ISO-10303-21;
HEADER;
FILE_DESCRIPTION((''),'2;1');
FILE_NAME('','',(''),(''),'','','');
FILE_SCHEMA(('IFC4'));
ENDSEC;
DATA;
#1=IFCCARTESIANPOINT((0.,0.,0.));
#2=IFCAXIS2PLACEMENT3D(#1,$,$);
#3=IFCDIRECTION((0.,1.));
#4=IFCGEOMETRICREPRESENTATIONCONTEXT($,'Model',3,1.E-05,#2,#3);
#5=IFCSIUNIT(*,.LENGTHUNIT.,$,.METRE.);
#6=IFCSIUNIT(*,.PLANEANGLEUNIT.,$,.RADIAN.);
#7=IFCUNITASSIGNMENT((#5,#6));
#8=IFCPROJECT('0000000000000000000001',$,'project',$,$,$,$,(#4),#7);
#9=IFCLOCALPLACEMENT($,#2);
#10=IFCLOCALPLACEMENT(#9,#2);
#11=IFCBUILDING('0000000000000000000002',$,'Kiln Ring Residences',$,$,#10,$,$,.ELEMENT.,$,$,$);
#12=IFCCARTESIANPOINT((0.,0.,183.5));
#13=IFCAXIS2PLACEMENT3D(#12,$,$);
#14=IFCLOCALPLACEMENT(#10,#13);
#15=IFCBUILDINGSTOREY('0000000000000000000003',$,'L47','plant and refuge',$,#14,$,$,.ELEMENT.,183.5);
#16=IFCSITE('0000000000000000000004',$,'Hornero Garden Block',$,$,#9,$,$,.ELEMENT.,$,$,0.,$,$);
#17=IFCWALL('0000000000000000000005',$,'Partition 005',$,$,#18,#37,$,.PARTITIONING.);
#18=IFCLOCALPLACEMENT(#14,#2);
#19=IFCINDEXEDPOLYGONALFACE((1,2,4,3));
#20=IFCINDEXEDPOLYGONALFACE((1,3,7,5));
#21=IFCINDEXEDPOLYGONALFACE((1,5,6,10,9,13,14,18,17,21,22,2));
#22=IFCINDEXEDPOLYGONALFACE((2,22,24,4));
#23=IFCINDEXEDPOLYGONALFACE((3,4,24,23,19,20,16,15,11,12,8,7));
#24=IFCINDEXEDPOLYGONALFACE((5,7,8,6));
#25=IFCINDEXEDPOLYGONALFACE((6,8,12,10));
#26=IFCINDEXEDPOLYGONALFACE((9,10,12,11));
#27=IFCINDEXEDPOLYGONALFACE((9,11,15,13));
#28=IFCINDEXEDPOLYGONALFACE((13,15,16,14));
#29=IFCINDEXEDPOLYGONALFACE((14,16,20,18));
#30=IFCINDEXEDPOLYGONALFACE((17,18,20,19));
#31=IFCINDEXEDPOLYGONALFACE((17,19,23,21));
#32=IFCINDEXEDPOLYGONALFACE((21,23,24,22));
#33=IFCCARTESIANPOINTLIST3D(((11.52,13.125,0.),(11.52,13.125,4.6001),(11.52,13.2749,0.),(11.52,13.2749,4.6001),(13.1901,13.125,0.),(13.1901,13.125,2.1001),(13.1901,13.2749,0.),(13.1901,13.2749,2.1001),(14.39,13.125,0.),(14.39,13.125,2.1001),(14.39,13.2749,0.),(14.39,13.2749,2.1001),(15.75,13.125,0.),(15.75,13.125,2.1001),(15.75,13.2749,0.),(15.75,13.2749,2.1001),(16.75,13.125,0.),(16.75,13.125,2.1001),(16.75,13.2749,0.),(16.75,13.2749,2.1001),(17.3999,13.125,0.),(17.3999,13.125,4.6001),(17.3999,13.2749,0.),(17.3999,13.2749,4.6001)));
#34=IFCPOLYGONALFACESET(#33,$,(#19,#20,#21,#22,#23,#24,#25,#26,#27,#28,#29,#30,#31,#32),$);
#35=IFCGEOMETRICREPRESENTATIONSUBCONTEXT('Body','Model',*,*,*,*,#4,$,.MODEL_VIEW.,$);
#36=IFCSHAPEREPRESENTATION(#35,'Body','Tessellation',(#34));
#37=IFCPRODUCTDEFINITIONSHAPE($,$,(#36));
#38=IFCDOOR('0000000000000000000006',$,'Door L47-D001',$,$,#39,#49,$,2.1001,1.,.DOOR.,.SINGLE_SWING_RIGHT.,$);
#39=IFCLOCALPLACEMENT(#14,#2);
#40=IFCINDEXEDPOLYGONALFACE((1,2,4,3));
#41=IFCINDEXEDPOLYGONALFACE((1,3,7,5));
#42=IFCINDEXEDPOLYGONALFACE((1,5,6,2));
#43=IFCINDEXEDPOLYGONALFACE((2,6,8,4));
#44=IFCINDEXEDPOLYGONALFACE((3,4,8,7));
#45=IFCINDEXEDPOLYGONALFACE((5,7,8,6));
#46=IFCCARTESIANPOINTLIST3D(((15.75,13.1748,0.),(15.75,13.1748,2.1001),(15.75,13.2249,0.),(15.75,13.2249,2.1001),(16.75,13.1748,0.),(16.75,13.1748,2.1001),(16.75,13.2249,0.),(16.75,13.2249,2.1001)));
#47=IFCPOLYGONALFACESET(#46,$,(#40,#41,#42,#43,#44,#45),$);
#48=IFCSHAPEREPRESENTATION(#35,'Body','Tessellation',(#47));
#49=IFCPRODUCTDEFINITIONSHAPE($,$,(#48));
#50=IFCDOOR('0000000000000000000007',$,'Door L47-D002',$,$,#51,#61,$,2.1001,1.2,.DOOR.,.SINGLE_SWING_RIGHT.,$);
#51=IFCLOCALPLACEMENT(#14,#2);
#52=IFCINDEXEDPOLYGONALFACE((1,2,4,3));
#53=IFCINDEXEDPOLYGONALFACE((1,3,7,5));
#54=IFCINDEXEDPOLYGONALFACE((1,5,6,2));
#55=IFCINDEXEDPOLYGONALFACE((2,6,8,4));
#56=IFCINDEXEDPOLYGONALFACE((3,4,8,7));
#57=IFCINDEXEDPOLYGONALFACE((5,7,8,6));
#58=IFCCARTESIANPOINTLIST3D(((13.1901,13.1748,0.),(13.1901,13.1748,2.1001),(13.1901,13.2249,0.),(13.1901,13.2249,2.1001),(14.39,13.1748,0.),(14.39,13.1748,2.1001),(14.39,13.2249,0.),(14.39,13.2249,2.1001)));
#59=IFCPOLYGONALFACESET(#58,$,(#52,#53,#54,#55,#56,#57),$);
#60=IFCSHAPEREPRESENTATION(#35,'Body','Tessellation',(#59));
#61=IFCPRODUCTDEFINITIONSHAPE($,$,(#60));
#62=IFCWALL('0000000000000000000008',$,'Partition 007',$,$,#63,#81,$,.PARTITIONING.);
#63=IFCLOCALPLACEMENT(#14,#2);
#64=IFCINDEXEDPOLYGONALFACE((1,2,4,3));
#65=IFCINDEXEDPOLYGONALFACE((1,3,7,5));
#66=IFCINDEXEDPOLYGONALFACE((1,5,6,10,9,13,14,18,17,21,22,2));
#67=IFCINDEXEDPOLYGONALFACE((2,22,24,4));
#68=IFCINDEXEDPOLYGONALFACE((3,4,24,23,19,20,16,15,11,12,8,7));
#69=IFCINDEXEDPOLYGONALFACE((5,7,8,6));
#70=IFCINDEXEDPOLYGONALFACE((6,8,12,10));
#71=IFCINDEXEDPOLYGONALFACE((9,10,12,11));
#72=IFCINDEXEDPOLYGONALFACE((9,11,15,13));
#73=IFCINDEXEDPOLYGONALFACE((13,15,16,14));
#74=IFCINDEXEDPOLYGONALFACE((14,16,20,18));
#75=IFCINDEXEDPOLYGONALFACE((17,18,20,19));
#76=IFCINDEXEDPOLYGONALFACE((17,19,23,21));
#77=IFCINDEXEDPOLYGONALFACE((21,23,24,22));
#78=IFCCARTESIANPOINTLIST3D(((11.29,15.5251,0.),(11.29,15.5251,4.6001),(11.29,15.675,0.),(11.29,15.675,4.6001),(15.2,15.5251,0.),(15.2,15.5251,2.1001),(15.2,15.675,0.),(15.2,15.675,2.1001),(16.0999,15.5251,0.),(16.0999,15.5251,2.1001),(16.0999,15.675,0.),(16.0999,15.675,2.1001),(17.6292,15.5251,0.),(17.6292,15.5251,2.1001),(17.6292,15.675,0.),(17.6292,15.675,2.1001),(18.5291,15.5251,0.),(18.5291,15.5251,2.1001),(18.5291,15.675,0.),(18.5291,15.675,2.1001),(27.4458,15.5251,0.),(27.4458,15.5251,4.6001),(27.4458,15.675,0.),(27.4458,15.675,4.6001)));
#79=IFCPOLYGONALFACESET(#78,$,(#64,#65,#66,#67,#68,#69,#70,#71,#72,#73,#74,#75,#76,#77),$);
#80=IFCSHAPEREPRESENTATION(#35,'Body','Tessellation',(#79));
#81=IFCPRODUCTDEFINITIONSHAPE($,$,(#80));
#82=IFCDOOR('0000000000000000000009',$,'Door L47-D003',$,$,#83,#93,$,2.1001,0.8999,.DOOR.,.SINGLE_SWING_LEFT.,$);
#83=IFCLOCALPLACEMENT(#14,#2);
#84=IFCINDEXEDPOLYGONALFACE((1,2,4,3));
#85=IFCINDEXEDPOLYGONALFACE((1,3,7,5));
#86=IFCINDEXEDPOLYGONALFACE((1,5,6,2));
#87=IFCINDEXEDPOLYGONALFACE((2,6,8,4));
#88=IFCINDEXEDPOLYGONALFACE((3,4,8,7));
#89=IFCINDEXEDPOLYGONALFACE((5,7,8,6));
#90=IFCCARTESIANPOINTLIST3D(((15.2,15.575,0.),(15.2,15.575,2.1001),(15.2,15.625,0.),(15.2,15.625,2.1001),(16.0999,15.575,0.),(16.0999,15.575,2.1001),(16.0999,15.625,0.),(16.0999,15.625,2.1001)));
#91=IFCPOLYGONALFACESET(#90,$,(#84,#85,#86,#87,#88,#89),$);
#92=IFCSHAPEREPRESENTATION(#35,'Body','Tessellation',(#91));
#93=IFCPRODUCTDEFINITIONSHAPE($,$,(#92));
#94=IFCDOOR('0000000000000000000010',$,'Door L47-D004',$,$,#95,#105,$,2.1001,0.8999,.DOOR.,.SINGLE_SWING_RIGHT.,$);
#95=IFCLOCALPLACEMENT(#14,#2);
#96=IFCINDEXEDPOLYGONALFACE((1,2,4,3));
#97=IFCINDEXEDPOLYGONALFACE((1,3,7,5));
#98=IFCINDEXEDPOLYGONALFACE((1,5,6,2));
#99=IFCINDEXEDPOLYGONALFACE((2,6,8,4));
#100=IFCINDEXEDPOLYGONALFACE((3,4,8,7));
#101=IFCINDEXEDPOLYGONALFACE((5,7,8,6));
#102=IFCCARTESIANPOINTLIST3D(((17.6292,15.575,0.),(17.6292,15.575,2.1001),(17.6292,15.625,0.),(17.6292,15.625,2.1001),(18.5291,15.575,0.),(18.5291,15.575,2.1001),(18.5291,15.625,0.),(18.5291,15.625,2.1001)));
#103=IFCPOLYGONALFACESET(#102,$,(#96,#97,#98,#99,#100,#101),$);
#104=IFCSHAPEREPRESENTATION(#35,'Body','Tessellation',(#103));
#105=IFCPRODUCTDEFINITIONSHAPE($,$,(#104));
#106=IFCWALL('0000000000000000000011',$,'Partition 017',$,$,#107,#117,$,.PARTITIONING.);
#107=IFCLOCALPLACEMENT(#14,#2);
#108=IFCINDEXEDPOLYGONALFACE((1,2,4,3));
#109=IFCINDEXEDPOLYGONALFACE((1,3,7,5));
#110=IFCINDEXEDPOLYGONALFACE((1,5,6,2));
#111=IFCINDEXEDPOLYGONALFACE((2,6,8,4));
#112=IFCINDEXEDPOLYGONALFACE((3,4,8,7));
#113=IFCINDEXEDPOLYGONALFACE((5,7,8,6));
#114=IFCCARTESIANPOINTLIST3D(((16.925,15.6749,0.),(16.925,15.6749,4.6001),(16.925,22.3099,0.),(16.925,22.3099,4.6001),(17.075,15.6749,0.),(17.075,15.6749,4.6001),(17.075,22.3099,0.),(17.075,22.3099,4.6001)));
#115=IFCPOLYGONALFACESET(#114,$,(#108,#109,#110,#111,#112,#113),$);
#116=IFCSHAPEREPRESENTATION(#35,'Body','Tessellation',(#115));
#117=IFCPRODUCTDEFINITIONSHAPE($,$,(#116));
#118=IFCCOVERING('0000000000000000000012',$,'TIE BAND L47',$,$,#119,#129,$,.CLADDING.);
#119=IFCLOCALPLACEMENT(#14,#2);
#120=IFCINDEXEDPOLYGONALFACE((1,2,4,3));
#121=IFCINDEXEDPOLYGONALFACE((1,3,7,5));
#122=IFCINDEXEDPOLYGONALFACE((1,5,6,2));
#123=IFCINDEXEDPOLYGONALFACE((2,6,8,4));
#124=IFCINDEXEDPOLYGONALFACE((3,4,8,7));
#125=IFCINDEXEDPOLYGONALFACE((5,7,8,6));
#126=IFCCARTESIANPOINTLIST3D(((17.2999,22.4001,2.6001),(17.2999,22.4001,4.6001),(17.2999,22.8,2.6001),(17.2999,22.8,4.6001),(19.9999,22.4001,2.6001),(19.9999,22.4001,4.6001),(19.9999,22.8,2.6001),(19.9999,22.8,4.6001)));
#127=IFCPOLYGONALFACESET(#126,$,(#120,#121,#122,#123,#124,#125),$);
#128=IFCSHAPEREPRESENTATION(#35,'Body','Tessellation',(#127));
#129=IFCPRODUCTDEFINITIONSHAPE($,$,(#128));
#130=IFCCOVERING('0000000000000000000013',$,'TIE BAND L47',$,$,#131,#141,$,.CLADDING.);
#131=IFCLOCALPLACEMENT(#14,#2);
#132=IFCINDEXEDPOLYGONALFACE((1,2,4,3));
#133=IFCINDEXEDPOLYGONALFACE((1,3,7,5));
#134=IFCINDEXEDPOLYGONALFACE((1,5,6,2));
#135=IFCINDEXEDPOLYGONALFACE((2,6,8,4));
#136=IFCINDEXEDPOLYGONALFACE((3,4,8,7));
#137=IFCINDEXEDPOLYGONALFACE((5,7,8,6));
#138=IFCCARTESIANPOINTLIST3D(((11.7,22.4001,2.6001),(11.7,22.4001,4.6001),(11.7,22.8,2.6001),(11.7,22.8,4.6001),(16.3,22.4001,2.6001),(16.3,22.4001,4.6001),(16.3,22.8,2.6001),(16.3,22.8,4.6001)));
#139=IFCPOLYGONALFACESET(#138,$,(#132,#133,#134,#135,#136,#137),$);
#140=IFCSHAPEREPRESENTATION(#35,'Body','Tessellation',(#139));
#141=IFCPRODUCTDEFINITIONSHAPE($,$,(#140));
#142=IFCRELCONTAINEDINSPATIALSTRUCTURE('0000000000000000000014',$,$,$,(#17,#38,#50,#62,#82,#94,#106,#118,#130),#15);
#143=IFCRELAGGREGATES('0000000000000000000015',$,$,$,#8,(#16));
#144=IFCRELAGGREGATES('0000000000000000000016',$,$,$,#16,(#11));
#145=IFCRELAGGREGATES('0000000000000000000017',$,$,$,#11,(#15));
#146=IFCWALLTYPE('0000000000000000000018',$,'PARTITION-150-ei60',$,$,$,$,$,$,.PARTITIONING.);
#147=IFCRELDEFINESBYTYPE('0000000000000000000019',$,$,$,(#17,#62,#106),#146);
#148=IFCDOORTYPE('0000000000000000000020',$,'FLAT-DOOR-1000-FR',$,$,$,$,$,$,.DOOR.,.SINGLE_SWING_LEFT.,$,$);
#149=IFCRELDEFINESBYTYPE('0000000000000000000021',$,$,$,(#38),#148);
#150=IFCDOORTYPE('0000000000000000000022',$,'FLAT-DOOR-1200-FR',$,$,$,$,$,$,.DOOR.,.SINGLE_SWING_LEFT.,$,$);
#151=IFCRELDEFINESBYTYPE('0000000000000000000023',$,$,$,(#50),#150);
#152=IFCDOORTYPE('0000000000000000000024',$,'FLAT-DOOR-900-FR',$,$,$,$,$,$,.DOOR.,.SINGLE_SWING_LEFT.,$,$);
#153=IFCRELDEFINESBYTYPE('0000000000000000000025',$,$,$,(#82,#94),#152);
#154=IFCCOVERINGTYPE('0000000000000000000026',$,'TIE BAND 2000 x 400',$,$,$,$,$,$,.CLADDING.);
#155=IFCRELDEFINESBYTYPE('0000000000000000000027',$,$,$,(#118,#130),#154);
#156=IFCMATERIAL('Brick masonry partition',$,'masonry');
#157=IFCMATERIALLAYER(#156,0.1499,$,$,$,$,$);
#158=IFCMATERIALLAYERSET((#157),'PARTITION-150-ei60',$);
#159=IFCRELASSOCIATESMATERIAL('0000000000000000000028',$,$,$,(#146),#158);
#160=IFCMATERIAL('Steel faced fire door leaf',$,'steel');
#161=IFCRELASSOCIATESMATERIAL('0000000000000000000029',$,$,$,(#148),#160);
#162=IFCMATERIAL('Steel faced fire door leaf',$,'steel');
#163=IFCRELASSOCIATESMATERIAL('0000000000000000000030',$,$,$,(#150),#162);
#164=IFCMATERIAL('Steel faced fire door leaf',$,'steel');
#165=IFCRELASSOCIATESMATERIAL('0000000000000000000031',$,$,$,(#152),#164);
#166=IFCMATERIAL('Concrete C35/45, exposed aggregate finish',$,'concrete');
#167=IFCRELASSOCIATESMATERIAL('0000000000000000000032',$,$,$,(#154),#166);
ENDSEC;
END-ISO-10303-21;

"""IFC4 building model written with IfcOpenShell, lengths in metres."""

from ifc_helpers import new_model, si_unit, direction, frame, frame_2d, origin, origin_2d, place, context, subcontext, project, spatial, rectangle, extrude, material, layer, layer_set, type_object, element, fill, save


model = new_model("IFC4")

# Units and contexts
model_context = context("Model", 3, precision=1e-05, world=origin(), true_north=direction((0.0, 1.0)))
body_context = subcontext(model_context, "Body", "Model", "MODEL_VIEW")
ifc_project = project(units=[si_unit("LENGTHUNIT", "METRE"), si_unit("PLANEANGLEUNIT", "RADIAN")], contexts=[model_context])

# Site, building, storey
site_placement = place(None, origin())
site = spatial("IfcSite", under=ifc_project, at=site_placement, Name="Hornero Garden Block", CompositionType="ELEMENT", RefElevation=0.0)
building_placement = place(site_placement, origin())
building = spatial("IfcBuilding", under=site, at=building_placement, Name="Kiln Ring Residences", CompositionType="ELEMENT")
storey_placement = place(building_placement, frame((0.0, 0.0, 183.5)))
storey = spatial("IfcBuildingStorey", under=building, at=storey_placement, Name="L47", Description="plant and refuge", CompositionType="ELEMENT", Elevation=183.5)

# Walls, openings, doors
ifc_material_1 = material(Name="Brick masonry partition", Category="masonry")
ifc_layer_1 = layer(ifc_material_1, 0.1499)
ifc_layer_set_1 = layer_set([ifc_layer_1], Name="PARTITION-150-ei60")
wall_type_1 = type_object("IfcWallType", Name="PARTITION-150-ei60", PredefinedType="PARTITIONING", material=ifc_layer_set_1)
wall_1_placement = place(storey_placement, frame((11.52, 13.2, 0.0), z_axis=(0.0, 0.0, 1.0), x_axis=(1.0, 0.0, 0.0)))
wall_1 = element("IfcWall", 1, at=wall_1_placement, inside=storey, type_object=wall_type_1, Name="Partition 005", PredefinedType="PARTITIONING", context=body_context, shape_type="SweptSolid", body=[
    extrude(rectangle(XDim=5.8799, YDim=0.1499, at=frame_2d((2.9399, 0.0))), origin(), (0.0, 0.0, 1.0), 4.6001),
])
opening_1_placement = place(wall_1_placement, frame((4.23, 0.0, 0.0)))
opening_1 = element("IfcOpeningElement", 2, at=opening_1_placement, cuts=wall_1, PredefinedType="OPENING", context=body_context, shape_type="SweptSolid", body=[
    extrude(rectangle(XDim=1.0, YDim=2.1001, at=frame_2d((0.5, 1.05))), frame((0.0, 0.085, 0.0), z_axis=(0.0, -1.0, 0.0), x_axis=(1.0, 0.0, 0.0)), (0.0, 0.0, 1.0), 0.1699),
])
opening_2_placement = place(wall_1_placement, frame((1.6699, 0.0, 0.0)))
opening_2 = element("IfcOpeningElement", 3, at=opening_2_placement, cuts=wall_1, PredefinedType="OPENING", context=body_context, shape_type="SweptSolid", body=[
    extrude(rectangle(XDim=1.2, YDim=2.1001, at=frame_2d((0.6001, 1.05))), frame((0.0, 0.085, 0.0), z_axis=(0.0, -1.0, 0.0), x_axis=(1.0, 0.0, 0.0)), (0.0, 0.0, 1.0), 0.1699),
])
ifc_material_2 = material(Name="Steel faced fire door leaf", Category="steel")
door_type_1 = type_object("IfcDoorType", Name="FLAT-DOOR-1000-FR", OperationType="SINGLE_SWING_LEFT", PredefinedType="DOOR", material=ifc_material_2)
door_1_placement = place(opening_1_placement, origin())
door_1 = element("IfcDoor", 4, at=door_1_placement, inside=storey, type_object=door_type_1, Name="Door L47-D001", OperationType="SINGLE_SWING_RIGHT", OverallHeight=2.1001, OverallWidth=1.0, PredefinedType="DOOR", context=body_context, shape_type="SweptSolid", body=[
    extrude(rectangle(XDim=1.0, YDim=2.1001, at=frame_2d((0.5, 1.05))), frame((0.0, 0.0249, 0.0), z_axis=(0.0, -1.0, 0.0), x_axis=(1.0, 0.0, 0.0)), (0.0, 0.0, 1.0), 0.05),
])
fill(opening_1, door_1)
ifc_material_3 = material(Name="Steel faced fire door leaf", Category="steel")
door_type_2 = type_object("IfcDoorType", Name="FLAT-DOOR-1200-FR", OperationType="SINGLE_SWING_LEFT", PredefinedType="DOOR", material=ifc_material_3)
door_2_placement = place(opening_2_placement, origin())
door_2 = element("IfcDoor", 5, at=door_2_placement, inside=storey, type_object=door_type_2, Name="Door L47-D002", OperationType="SINGLE_SWING_RIGHT", OverallHeight=2.1001, OverallWidth=1.2, PredefinedType="DOOR", context=body_context, shape_type="SweptSolid", body=[
    extrude(rectangle(XDim=1.2, YDim=2.1001, at=frame_2d((0.6001, 1.05))), frame((0.0, 0.0249, 0.0), z_axis=(0.0, -1.0, 0.0), x_axis=(1.0, 0.0, 0.0)), (0.0, 0.0, 1.0), 0.05),
])
fill(opening_2, door_2)
wall_2_placement = place(storey_placement, frame((11.29, 15.6001, 0.0), z_axis=(0.0, 0.0, 1.0), x_axis=(1.0, 0.0, 0.0)))
wall_2 = element("IfcWall", 6, at=wall_2_placement, inside=storey, type_object=wall_type_1, Name="Partition 007", PredefinedType="PARTITIONING", context=body_context, shape_type="SweptSolid", body=[
    extrude(rectangle(XDim=16.1558, YDim=0.1499, at=frame_2d((8.0779, 0.0))), origin(), (0.0, 0.0, 1.0), 4.6001),
])
opening_3_placement = place(wall_2_placement, frame((3.9099, 0.0, 0.0)))
opening_3 = element("IfcOpeningElement", 7, at=opening_3_placement, cuts=wall_2, PredefinedType="OPENING", context=body_context, shape_type="SweptSolid", body=[
    extrude(rectangle(XDim=0.8999, YDim=2.1001, at=frame_2d((0.45, 1.05))), frame((0.0, 0.085, 0.0), z_axis=(0.0, -1.0, 0.0), x_axis=(1.0, 0.0, 0.0)), (0.0, 0.0, 1.0), 0.1699),
])
opening_4_placement = place(wall_2_placement, frame((6.3391, 0.0, 0.0)))
opening_4 = element("IfcOpeningElement", 8, at=opening_4_placement, cuts=wall_2, PredefinedType="OPENING", context=body_context, shape_type="SweptSolid", body=[
    extrude(rectangle(XDim=0.8999, YDim=2.1001, at=frame_2d((0.45, 1.05))), frame((0.0, 0.085, 0.0), z_axis=(0.0, -1.0, 0.0), x_axis=(1.0, 0.0, 0.0)), (0.0, 0.0, 1.0), 0.1699),
])
ifc_material_4 = material(Name="Steel faced fire door leaf", Category="steel")
door_type_3 = type_object("IfcDoorType", Name="FLAT-DOOR-900-FR", OperationType="SINGLE_SWING_LEFT", PredefinedType="DOOR", material=ifc_material_4)
door_3_placement = place(opening_3_placement, origin())
door_3 = element("IfcDoor", 9, at=door_3_placement, inside=storey, type_object=door_type_3, Name="Door L47-D003", OperationType="SINGLE_SWING_LEFT", OverallHeight=2.1001, OverallWidth=0.8999, PredefinedType="DOOR", context=body_context, shape_type="SweptSolid", body=[
    extrude(rectangle(XDim=0.8999, YDim=2.1001, at=frame_2d((0.45, 1.05))), frame((0.0, 0.0249, 0.0), z_axis=(0.0, -1.0, 0.0), x_axis=(1.0, 0.0, 0.0)), (0.0, 0.0, 1.0), 0.05),
])
fill(opening_3, door_3)
door_4_placement = place(opening_4_placement, origin())
door_4 = element("IfcDoor", 10, at=door_4_placement, inside=storey, type_object=door_type_3, Name="Door L47-D004", OperationType="SINGLE_SWING_RIGHT", OverallHeight=2.1001, OverallWidth=0.8999, PredefinedType="DOOR", context=body_context, shape_type="SweptSolid", body=[
    extrude(rectangle(XDim=0.8999, YDim=2.1001, at=frame_2d((0.45, 1.05))), frame((0.0, 0.0249, 0.0), z_axis=(0.0, -1.0, 0.0), x_axis=(1.0, 0.0, 0.0)), (0.0, 0.0, 1.0), 0.05),
])
fill(opening_4, door_4)

# Wall
wall_3_placement = place(storey_placement, frame((17.0, 15.675, 0.0), z_axis=(0.0, 0.0, 1.0), x_axis=(0.0, 1.0, 0.0)))
element("IfcWall", 11, at=wall_3_placement, inside=storey, type_object=wall_type_1, Name="Partition 017", PredefinedType="PARTITIONING", context=body_context, shape_type="SweptSolid", body=[
    extrude(rectangle(XDim=6.635, YDim=0.1499, at=frame_2d((3.3174, 0.0))), origin(), (0.0, 0.0, 1.0), 4.6001),
])

# Coverings
ifc_material_5 = material(Name="Concrete C35/45, exposed aggregate finish", Category="concrete")
covering_type = type_object("IfcCoveringType", Name="TIE BAND 2000 x 400", PredefinedType="CLADDING", material=ifc_material_5)
covering_1_placement = place(storey_placement, frame((18.6499, 22.6001, 2.6001), z_axis=(0.0, 0.0, 1.0), x_axis=(-1.0, 0.0, 0.0)))
element("IfcCovering", 12, at=covering_1_placement, inside=storey, type_object=covering_type, Name="TIE BAND L47", PredefinedType="CLADDING", context=body_context, shape_type="SweptSolid", body=[
    extrude(rectangle(XDim=2.7, YDim=0.3999, at=origin_2d()), origin(), (0.0, 0.0, 1.0), 2.0),
])
covering_2_placement = place(storey_placement, frame((14.0, 22.6001, 2.6001), z_axis=(0.0, 0.0, 1.0), x_axis=(-1.0, 0.0, 0.0)))
element("IfcCovering", 13, at=covering_2_placement, inside=storey, type_object=covering_type, Name="TIE BAND L47", PredefinedType="CLADDING", context=body_context, shape_type="SweptSolid", body=[
    extrude(rectangle(XDim=4.6001, YDim=0.3999, at=origin_2d()), origin(), (0.0, 0.0, 1.0), 2.0),
])

save(model, "model.ifc")
